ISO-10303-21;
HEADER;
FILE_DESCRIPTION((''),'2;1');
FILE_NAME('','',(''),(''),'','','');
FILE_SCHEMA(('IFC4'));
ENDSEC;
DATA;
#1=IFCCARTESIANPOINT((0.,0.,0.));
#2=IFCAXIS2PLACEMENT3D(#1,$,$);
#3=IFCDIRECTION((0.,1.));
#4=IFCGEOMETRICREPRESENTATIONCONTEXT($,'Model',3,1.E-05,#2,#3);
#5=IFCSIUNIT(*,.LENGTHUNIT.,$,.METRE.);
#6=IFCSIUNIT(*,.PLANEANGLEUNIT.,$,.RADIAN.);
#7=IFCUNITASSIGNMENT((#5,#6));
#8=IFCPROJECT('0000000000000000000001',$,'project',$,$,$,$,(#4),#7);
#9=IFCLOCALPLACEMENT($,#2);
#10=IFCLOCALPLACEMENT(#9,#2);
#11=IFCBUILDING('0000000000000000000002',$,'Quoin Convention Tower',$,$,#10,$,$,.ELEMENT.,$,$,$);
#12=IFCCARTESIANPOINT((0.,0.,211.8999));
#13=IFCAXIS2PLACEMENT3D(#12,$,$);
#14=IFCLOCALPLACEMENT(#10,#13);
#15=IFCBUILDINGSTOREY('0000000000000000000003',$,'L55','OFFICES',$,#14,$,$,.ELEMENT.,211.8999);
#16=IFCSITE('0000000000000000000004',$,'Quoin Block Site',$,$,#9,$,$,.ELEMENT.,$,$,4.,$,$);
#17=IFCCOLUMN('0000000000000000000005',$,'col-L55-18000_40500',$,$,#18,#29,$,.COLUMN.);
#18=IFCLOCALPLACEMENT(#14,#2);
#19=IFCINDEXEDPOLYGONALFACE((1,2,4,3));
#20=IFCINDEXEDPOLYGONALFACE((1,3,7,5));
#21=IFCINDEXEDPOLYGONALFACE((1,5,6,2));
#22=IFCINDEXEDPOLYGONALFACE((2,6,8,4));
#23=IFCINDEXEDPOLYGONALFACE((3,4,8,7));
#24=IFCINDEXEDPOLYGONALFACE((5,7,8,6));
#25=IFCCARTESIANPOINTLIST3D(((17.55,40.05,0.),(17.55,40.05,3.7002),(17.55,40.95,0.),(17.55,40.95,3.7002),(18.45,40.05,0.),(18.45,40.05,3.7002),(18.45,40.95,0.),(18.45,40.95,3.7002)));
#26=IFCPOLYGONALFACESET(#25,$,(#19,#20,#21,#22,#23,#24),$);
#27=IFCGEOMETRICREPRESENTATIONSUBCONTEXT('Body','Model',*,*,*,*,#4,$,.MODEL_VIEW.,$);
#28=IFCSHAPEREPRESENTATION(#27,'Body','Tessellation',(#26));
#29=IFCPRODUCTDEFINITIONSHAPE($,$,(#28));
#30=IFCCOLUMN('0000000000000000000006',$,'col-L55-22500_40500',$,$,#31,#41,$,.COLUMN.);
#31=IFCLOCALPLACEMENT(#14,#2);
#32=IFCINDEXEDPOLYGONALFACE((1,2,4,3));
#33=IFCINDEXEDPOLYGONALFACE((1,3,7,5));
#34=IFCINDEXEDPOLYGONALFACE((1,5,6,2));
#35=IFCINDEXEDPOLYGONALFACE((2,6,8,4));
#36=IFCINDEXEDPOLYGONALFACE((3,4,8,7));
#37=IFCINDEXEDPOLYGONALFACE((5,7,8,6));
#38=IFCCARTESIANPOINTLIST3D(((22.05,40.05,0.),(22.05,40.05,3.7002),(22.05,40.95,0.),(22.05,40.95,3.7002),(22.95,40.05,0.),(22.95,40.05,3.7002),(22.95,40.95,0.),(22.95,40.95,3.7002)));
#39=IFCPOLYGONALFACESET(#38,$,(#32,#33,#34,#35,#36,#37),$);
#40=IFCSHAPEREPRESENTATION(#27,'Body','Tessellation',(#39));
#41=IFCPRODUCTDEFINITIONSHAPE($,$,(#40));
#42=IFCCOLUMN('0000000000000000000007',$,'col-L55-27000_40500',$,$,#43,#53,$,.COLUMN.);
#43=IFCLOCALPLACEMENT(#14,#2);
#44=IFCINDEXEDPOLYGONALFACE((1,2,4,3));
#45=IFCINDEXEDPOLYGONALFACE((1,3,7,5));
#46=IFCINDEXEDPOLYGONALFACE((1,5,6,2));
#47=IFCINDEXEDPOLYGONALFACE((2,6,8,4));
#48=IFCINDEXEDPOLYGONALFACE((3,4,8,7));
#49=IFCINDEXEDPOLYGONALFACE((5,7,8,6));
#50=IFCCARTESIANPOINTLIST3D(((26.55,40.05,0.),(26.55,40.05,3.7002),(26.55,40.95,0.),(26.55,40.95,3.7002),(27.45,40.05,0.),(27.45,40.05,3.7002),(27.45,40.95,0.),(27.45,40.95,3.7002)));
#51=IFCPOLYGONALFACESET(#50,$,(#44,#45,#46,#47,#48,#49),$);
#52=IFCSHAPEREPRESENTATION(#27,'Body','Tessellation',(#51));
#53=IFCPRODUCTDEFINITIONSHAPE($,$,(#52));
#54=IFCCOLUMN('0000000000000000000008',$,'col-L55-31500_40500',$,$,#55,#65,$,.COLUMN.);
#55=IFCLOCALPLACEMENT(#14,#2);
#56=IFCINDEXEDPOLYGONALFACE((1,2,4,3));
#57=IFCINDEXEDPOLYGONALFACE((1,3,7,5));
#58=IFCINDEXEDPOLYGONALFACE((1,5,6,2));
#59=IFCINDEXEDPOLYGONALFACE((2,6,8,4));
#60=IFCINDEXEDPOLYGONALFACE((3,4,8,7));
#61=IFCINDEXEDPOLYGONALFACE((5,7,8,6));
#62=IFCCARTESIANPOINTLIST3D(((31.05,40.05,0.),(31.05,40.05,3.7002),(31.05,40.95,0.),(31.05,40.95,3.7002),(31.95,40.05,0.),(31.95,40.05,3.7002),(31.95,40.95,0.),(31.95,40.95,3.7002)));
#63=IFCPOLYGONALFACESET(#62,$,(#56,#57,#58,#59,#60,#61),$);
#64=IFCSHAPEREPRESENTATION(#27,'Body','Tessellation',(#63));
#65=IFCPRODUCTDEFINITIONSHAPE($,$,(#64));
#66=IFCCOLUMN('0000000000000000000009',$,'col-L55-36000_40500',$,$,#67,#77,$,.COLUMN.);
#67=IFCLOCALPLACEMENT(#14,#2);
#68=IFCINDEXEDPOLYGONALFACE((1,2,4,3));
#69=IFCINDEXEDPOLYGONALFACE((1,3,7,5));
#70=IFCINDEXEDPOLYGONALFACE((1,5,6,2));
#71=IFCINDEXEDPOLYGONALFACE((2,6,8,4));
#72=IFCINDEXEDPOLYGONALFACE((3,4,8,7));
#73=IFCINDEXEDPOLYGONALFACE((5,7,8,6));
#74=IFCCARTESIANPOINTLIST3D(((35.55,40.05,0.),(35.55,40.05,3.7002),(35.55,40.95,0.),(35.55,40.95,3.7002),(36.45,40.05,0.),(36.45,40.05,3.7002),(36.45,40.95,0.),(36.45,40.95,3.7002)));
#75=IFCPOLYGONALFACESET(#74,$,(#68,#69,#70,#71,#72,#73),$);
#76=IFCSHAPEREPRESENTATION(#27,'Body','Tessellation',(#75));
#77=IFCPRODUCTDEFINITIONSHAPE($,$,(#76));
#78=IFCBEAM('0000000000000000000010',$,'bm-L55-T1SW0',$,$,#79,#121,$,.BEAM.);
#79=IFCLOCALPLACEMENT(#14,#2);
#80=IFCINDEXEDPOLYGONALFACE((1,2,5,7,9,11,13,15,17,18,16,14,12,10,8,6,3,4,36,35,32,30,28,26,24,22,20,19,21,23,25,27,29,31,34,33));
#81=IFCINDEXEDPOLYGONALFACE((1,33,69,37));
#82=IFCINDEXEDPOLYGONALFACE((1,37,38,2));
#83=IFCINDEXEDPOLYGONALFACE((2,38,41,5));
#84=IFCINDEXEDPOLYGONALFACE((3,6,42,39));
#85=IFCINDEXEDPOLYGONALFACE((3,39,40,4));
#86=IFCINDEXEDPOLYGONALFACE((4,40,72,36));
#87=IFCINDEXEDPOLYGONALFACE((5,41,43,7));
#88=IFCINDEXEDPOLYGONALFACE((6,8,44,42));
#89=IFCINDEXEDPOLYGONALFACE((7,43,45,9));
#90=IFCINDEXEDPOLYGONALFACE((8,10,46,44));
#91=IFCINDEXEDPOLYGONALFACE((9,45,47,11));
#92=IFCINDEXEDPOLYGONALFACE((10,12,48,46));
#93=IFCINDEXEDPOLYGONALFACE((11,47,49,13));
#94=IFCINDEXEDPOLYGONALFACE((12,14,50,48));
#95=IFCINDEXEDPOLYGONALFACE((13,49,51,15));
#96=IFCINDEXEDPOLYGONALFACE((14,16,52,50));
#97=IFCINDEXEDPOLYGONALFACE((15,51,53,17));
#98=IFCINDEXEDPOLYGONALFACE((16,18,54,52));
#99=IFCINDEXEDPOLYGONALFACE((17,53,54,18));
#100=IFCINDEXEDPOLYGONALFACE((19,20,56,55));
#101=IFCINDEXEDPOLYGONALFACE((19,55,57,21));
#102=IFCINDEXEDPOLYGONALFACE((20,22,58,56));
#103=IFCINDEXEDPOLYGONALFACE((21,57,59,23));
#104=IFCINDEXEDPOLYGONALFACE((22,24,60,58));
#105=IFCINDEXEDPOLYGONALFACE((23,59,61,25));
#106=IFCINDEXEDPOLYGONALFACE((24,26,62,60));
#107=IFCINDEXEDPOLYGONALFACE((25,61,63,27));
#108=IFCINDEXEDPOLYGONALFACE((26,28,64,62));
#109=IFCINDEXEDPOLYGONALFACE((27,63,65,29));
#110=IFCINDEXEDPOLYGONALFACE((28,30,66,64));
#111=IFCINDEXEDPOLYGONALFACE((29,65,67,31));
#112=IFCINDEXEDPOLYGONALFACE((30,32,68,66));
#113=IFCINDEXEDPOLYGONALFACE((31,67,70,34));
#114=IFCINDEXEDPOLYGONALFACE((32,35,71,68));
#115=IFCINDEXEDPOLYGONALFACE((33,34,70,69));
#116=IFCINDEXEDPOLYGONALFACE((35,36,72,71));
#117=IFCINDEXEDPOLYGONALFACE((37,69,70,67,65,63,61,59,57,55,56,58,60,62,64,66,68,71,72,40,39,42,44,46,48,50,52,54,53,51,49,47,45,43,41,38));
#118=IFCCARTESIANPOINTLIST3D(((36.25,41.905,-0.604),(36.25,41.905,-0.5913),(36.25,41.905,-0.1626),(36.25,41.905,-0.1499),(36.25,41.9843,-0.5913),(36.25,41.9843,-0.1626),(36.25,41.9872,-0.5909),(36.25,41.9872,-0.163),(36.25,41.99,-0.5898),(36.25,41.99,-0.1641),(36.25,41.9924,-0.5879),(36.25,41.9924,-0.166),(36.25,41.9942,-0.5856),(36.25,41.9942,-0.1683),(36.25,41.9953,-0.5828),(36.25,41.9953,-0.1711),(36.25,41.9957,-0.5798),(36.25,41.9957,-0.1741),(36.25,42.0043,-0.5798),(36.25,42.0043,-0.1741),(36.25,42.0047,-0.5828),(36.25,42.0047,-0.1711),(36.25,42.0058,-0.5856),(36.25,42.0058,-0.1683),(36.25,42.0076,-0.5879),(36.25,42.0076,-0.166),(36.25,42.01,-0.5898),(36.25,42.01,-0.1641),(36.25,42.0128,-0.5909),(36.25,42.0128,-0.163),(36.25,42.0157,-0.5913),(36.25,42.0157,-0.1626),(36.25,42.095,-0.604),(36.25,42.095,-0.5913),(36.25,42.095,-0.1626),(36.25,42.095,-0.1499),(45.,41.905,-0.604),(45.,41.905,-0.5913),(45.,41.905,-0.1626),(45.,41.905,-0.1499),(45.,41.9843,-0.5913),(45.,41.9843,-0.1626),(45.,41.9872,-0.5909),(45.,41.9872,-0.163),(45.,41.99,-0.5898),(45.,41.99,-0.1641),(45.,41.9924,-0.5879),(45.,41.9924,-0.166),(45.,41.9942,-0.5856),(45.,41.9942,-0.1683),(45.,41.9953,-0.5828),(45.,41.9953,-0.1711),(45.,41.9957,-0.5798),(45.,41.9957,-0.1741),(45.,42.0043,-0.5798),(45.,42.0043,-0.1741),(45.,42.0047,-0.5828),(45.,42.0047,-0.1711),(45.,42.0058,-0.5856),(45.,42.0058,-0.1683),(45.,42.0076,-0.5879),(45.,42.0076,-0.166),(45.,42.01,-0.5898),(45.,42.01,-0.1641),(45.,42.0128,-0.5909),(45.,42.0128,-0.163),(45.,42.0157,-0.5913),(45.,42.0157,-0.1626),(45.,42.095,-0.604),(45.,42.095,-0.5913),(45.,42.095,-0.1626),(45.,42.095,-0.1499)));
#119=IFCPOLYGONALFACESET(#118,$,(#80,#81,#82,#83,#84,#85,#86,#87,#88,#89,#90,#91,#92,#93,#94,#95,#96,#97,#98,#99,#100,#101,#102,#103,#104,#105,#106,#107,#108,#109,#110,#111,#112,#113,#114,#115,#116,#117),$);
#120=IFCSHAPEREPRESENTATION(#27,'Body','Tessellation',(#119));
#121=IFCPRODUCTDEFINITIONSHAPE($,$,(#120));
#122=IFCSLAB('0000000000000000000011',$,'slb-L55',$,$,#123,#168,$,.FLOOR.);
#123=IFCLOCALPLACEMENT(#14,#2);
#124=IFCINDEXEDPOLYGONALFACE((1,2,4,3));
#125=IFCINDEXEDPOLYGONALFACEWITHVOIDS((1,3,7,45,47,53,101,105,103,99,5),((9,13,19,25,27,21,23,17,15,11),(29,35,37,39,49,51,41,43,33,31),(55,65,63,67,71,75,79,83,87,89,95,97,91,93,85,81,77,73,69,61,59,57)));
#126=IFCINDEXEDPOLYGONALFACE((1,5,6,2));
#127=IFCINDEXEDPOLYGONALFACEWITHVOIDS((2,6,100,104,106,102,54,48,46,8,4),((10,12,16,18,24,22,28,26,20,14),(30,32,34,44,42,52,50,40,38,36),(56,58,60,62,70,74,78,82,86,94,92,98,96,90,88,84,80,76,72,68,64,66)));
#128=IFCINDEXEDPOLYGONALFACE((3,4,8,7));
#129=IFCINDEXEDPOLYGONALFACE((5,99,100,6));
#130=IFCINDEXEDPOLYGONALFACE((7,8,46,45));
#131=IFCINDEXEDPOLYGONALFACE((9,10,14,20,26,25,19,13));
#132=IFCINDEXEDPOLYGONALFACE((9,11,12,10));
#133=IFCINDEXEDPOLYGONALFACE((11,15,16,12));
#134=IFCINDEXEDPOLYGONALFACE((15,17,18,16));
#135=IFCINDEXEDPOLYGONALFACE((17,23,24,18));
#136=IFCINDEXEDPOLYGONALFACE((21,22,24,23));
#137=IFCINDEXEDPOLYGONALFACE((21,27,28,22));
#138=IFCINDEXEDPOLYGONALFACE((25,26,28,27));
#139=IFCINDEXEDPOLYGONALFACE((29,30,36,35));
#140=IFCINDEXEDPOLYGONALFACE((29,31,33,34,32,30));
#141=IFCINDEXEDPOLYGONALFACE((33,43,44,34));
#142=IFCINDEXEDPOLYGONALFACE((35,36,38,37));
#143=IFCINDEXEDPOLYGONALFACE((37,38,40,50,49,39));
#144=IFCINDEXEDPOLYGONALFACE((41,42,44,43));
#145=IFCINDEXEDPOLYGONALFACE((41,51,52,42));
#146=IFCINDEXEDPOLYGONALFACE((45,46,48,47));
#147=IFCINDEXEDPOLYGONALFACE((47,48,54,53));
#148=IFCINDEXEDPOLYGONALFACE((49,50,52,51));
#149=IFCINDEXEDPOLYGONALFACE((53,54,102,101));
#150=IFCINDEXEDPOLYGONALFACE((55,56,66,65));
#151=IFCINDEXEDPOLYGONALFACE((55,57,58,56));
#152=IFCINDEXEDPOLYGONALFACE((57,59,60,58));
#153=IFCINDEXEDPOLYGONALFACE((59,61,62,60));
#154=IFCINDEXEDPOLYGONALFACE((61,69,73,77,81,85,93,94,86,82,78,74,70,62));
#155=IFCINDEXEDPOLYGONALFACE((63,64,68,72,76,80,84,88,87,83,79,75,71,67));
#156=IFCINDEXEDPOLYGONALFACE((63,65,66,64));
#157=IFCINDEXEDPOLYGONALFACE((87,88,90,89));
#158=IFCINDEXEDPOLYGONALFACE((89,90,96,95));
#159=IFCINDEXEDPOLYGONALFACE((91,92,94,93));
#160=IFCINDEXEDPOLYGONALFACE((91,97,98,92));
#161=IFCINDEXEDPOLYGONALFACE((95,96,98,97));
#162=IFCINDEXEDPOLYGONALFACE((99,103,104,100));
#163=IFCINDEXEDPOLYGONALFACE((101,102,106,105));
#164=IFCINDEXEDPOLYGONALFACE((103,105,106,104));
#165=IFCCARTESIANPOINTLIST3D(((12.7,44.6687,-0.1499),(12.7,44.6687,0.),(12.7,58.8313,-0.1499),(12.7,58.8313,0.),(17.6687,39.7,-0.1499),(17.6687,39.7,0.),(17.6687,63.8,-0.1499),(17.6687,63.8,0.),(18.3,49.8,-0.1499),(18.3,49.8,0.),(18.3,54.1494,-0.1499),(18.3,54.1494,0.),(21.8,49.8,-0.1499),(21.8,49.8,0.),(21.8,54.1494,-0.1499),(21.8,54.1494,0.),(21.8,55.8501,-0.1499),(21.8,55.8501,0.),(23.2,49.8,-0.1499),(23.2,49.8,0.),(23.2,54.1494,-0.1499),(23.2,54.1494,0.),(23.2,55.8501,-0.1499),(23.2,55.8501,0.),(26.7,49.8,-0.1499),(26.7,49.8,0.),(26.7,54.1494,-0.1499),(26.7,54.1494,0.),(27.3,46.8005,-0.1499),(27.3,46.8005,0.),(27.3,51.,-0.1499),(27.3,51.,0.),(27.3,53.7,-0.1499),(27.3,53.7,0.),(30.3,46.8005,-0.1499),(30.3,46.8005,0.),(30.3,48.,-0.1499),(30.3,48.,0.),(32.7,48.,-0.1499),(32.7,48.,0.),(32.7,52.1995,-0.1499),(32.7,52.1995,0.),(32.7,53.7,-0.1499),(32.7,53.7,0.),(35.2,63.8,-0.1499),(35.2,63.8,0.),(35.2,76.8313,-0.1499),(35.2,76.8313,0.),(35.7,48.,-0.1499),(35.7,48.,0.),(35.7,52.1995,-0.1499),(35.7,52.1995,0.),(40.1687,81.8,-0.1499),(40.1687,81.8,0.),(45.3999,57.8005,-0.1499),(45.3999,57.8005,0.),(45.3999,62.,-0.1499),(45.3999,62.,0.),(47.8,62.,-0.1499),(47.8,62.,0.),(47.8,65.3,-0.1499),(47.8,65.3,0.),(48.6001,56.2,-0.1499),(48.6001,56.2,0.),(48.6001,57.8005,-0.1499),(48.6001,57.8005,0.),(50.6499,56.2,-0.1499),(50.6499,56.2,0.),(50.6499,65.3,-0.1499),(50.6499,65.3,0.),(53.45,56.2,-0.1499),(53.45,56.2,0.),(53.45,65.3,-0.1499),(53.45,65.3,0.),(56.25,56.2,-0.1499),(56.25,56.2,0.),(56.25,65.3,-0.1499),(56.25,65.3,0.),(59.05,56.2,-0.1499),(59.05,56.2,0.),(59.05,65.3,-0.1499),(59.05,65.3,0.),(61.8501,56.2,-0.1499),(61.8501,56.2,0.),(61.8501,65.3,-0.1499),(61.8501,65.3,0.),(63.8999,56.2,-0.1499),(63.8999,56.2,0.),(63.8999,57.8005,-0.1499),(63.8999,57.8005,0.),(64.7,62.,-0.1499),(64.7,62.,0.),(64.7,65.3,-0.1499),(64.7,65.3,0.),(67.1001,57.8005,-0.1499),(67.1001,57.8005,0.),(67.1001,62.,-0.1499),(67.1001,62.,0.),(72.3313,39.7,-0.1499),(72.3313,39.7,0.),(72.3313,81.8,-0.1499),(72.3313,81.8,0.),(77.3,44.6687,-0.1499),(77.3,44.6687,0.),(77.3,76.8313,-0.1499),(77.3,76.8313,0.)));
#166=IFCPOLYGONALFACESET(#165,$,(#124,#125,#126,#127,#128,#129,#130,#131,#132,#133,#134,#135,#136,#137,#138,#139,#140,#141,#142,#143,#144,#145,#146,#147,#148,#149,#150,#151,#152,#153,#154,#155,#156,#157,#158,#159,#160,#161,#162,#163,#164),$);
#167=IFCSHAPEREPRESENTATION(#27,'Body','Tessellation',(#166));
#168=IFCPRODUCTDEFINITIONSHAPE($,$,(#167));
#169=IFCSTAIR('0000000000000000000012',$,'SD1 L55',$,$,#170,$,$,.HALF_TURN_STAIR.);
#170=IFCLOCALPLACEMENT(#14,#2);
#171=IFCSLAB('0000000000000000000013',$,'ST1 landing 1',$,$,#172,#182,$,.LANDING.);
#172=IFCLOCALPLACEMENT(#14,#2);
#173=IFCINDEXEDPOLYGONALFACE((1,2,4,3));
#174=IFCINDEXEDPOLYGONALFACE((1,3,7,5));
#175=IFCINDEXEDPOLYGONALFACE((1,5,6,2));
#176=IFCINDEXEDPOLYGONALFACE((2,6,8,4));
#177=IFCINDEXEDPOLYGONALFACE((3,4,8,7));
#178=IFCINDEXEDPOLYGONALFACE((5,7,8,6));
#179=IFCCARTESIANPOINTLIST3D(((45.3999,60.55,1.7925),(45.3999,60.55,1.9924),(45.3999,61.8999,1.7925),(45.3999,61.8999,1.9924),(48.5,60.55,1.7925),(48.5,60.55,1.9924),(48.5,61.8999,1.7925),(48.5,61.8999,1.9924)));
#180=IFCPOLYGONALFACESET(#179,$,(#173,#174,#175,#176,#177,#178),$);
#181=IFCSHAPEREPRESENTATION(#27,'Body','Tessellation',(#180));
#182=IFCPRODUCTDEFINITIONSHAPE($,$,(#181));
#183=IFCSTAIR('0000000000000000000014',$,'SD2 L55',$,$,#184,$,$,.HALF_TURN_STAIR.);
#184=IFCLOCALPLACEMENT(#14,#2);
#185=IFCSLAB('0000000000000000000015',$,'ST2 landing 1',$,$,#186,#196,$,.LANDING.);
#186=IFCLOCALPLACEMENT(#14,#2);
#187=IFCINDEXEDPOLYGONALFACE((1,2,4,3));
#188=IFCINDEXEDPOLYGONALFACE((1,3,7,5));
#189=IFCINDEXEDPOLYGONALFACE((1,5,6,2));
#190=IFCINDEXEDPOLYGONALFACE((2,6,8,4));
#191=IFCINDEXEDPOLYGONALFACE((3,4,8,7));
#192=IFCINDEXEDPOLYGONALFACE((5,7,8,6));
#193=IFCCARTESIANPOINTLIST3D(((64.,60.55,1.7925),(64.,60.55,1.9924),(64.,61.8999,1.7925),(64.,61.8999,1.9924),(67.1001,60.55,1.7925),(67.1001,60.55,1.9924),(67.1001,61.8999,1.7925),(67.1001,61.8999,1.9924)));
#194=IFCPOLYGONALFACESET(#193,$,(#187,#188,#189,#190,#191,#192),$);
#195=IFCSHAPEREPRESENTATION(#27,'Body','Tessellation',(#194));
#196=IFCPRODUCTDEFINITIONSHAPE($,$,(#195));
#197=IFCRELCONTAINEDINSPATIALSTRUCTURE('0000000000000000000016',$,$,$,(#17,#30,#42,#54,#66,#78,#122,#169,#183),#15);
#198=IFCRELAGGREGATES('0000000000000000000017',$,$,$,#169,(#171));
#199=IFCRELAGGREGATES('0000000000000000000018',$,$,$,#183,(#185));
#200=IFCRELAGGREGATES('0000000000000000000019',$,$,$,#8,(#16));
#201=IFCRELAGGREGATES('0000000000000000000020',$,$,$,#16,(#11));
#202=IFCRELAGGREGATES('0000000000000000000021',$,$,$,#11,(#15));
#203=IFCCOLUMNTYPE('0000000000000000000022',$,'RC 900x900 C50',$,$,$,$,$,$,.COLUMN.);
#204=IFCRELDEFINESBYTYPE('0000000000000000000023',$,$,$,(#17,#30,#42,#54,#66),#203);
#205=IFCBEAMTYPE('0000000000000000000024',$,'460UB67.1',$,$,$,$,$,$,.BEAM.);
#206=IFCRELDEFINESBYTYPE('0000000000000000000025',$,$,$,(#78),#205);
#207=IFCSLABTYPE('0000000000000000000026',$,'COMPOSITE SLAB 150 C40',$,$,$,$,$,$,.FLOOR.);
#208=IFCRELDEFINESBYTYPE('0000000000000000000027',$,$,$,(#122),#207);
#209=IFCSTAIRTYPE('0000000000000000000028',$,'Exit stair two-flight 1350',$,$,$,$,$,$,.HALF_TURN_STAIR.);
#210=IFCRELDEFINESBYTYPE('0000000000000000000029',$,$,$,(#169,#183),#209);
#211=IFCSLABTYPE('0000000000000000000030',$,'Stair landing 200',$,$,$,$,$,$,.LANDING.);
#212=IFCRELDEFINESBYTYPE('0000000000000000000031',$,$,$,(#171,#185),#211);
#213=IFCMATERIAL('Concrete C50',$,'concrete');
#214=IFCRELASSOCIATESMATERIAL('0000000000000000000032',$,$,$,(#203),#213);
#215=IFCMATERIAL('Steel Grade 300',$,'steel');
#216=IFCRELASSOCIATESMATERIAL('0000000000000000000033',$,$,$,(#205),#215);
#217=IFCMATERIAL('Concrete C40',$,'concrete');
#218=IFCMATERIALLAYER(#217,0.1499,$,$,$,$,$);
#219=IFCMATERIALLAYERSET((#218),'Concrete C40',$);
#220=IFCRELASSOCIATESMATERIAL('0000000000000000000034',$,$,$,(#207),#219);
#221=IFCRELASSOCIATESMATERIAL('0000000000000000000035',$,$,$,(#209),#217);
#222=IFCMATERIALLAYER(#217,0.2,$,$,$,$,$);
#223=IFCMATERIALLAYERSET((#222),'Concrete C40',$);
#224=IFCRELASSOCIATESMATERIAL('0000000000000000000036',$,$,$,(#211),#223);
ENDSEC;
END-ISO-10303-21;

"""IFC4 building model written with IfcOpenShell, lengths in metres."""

from ifc_helpers import new_model, si_unit, direction, frame, origin, origin_2d, place, context, subcontext, project, spatial, polyline, rectangle, i_section, outline, extrude, material, layer, layer_set, material_profile, profile_set, type_object, element, aggregate, save


model = new_model("IFC4")

# Units and contexts
model_context = context("Model", 3, precision=1e-05, world=origin(), true_north=direction((0.0, 1.0)))
body_context = subcontext(model_context, "Body", "Model", "MODEL_VIEW")
ifc_project = project(units=[si_unit("LENGTHUNIT", "METRE"), si_unit("PLANEANGLEUNIT", "RADIAN")], contexts=[model_context])

# Site, building, storey
site_placement = place(None, origin())
site = spatial("IfcSite", under=ifc_project, at=site_placement, Name="Quoin Block Site", CompositionType="ELEMENT", RefElevation=4.0)
building_placement = place(site_placement, origin())
building = spatial("IfcBuilding", under=site, at=building_placement, Name="Quoin Convention Tower", CompositionType="ELEMENT")
storey_placement = place(building_placement, frame((0.0, 0.0, 211.8999)))
storey = spatial("IfcBuildingStorey", under=building, at=storey_placement, Name="L55", Description="OFFICES", CompositionType="ELEMENT", Elevation=211.8999)

# Columns
ifc_material_1 = material(Name="Concrete C50", Category="concrete")
ifc_material_profile_1 = material_profile(ifc_material_1, rectangle(XDim=0.8999, YDim=0.8999, at=origin_2d()), Name="RC 900x900")
ifc_profile_set_1 = profile_set([ifc_material_profile_1], Name="Concrete C50")
column_type = type_object("IfcColumnType", Name="RC 900x900 C50", PredefinedType="COLUMN", material=ifc_profile_set_1)
for number, where, z_axis, x_axis, name in (
    (1, (18.0, 40.5, 0.0), (0.0, 0.0, 1.0), (1.0, 0.0, 0.0), "col-L55-18000_40500"),
    (2, (22.5, 40.5, 0.0), (0.0, 0.0, 1.0), (1.0, 0.0, 0.0), "col-L55-22500_40500"),
    (3, (27.0, 40.5, 0.0), (0.0, 0.0, 1.0), (1.0, 0.0, 0.0), "col-L55-27000_40500"),
    (4, (31.5, 40.5, 0.0), (0.0, 0.0, 1.0), (1.0, 0.0, 0.0), "col-L55-31500_40500"),
    (5, (36.0, 40.5, 0.0), (0.0, 0.0, 1.0), (1.0, 0.0, 0.0), "col-L55-36000_40500"),
):
    element("IfcColumn", number, at=place(storey_placement, frame(where, z_axis=z_axis, x_axis=x_axis)), inside=storey, type_object=column_type, Name=name, PredefinedType="COLUMN", context=body_context, shape_type="SweptSolid", body=[
        extrude(rectangle(XDim=0.8999, YDim=0.8999, at=origin_2d()), origin(), (0.0, 0.0, 1.0), 3.7002),
    ])

# Beam
ifc_material_2 = material(Name="Steel Grade 300", Category="steel")
ifc_material_profile_2 = material_profile(ifc_material_2, i_section(OverallWidth=0.1899, OverallDepth=0.4541, WebThickness=0.0085, FlangeThickness=0.0127, FilletRadius=0.0115, at=origin_2d()), Name="460UB67.1")
ifc_profile_set_2 = profile_set([ifc_material_profile_2], Name="Steel Grade 300")
beam_type = type_object("IfcBeamType", Name="460UB67.1", PredefinedType="BEAM", material=ifc_profile_set_2)
beam_placement = place(storey_placement, frame((36.25, 42.0, -0.377), z_axis=(1.0, 0.0, 0.0), x_axis=(0.0, 1.0, 0.0)))
element("IfcBeam", 6, at=beam_placement, inside=storey, type_object=beam_type, Name="bm-L55-T1SW0", PredefinedType="BEAM", context=body_context, shape_type="SweptSolid", body=[
    extrude(i_section(OverallWidth=0.1899, OverallDepth=0.4541, WebThickness=0.0085, FlangeThickness=0.0127, FilletRadius=0.0115, at=origin_2d()), origin(), (0.0, 0.0, 1.0), 8.75),
])

# Slab
ifc_material_3 = material(Name="Concrete C40", Category="concrete")
ifc_layer_1 = layer(ifc_material_3, 0.1499)
ifc_layer_set_1 = layer_set([ifc_layer_1], Name="Concrete C40")
slab_type_1 = type_object("IfcSlabType", Name="COMPOSITE SLAB 150 C40", PredefinedType="FLOOR", material=ifc_layer_set_1)
slab_1_placement = place(storey_placement, frame((0.0, 0.0, -0.1499)))
element("IfcSlab", 7, at=slab_1_placement, inside=storey, type_object=slab_type_1, Name="slb-L55", PredefinedType="FLOOR", context=body_context, shape_type="SweptSolid", body=[
    extrude(outline(polyline([(17.6687, 39.7), (12.7, 44.6687), (12.7, 58.8313), (17.6687, 63.8), (35.2, 63.8), (35.2, 76.8313), (40.1687, 81.8), (72.3313, 81.8), (77.3, 76.8313), (77.3, 44.6687), (72.3313, 39.7), (17.6687, 39.7)]), holes=[polyline([(27.3, 51.0), (27.3, 46.8005), (30.3, 46.8005), (30.3, 48.0), (32.7, 48.0), (35.7, 48.0), (35.7, 52.1995), (32.7, 52.1995), (32.7, 53.7), (27.3, 53.7), (27.3, 51.0)]), polyline([(18.3, 49.8), (21.8, 49.8), (23.2, 49.8), (26.7, 49.8), (26.7, 54.1494), (23.2, 54.1494), (23.2, 55.8501), (21.8, 55.8501), (21.8, 54.1494), (18.3, 54.1494), (18.3, 49.8)]), polyline([(48.6001, 56.2), (50.6499, 56.2), (53.45, 56.2), (56.25, 56.2), (59.05, 56.2), (61.8501, 56.2), (63.8999, 56.2), (63.8999, 57.8005), (67.1001, 57.8005), (67.1001, 62.0), (64.7, 62.0), (64.7, 65.3), (61.8501, 65.3), (59.05, 65.3), (56.25, 65.3), (53.45, 65.3), (50.6499, 65.3), (47.8, 65.3), (47.8, 62.0), (45.3999, 62.0), (45.3999, 57.8005), (48.6001, 57.8005), (48.6001, 56.2)])]), origin(), (0.0, 0.0, 1.0), 0.1499),
])

# Stairs, slabs
stair_type_1 = type_object("IfcStairType", Name="Exit stair two-flight 1350", PredefinedType="HALF_TURN_STAIR", material=ifc_material_3)
stair_1_placement = place(storey_placement, origin())
stair_1 = element("IfcStair", 8, at=stair_1_placement, inside=storey, type_object=stair_type_1, Name="SD1 L55", PredefinedType="HALF_TURN_STAIR")
ifc_layer_2 = layer(ifc_material_3, 0.2)
ifc_layer_set_2 = layer_set([ifc_layer_2], Name="Concrete C40")
slab_type_2 = type_object("IfcSlabType", Name="Stair landing 200", PredefinedType="LANDING", material=ifc_layer_set_2)
slab_2_placement = place(storey_placement, frame((0.0, 0.0, 1.7925)))
slab_2 = element("IfcSlab", 9, at=slab_2_placement, type_object=slab_type_2, Name="ST1 landing 1", PredefinedType="LANDING", context=body_context, shape_type="SweptSolid", body=[
    extrude(outline(polyline([(45.3999, 60.55), (48.5, 60.55), (48.5, 61.8999), (45.3999, 61.8999), (45.3999, 60.55)])), origin(), (0.0, 0.0, 1.0), 0.2),
])
aggregate(stair_1, [slab_2])
stair_2_placement = place(storey_placement, origin())
stair_2 = element("IfcStair", 10, at=stair_2_placement, inside=storey, type_object=stair_type_1, Name="SD2 L55", PredefinedType="HALF_TURN_STAIR")
slab_3_placement = place(storey_placement, frame((0.0, 0.0, 1.7925)))
slab_3 = element("IfcSlab", 11, at=slab_3_placement, type_object=slab_type_2, Name="ST2 landing 1", PredefinedType="LANDING", context=body_context, shape_type="SweptSolid", body=[
    extrude(outline(polyline([(64.0, 60.55), (67.1001, 60.55), (67.1001, 61.8999), (64.0, 61.8999), (64.0, 60.55)])), origin(), (0.0, 0.0, 1.0), 0.2),
])
aggregate(stair_2, [slab_3])

save(model, "model.ifc")
